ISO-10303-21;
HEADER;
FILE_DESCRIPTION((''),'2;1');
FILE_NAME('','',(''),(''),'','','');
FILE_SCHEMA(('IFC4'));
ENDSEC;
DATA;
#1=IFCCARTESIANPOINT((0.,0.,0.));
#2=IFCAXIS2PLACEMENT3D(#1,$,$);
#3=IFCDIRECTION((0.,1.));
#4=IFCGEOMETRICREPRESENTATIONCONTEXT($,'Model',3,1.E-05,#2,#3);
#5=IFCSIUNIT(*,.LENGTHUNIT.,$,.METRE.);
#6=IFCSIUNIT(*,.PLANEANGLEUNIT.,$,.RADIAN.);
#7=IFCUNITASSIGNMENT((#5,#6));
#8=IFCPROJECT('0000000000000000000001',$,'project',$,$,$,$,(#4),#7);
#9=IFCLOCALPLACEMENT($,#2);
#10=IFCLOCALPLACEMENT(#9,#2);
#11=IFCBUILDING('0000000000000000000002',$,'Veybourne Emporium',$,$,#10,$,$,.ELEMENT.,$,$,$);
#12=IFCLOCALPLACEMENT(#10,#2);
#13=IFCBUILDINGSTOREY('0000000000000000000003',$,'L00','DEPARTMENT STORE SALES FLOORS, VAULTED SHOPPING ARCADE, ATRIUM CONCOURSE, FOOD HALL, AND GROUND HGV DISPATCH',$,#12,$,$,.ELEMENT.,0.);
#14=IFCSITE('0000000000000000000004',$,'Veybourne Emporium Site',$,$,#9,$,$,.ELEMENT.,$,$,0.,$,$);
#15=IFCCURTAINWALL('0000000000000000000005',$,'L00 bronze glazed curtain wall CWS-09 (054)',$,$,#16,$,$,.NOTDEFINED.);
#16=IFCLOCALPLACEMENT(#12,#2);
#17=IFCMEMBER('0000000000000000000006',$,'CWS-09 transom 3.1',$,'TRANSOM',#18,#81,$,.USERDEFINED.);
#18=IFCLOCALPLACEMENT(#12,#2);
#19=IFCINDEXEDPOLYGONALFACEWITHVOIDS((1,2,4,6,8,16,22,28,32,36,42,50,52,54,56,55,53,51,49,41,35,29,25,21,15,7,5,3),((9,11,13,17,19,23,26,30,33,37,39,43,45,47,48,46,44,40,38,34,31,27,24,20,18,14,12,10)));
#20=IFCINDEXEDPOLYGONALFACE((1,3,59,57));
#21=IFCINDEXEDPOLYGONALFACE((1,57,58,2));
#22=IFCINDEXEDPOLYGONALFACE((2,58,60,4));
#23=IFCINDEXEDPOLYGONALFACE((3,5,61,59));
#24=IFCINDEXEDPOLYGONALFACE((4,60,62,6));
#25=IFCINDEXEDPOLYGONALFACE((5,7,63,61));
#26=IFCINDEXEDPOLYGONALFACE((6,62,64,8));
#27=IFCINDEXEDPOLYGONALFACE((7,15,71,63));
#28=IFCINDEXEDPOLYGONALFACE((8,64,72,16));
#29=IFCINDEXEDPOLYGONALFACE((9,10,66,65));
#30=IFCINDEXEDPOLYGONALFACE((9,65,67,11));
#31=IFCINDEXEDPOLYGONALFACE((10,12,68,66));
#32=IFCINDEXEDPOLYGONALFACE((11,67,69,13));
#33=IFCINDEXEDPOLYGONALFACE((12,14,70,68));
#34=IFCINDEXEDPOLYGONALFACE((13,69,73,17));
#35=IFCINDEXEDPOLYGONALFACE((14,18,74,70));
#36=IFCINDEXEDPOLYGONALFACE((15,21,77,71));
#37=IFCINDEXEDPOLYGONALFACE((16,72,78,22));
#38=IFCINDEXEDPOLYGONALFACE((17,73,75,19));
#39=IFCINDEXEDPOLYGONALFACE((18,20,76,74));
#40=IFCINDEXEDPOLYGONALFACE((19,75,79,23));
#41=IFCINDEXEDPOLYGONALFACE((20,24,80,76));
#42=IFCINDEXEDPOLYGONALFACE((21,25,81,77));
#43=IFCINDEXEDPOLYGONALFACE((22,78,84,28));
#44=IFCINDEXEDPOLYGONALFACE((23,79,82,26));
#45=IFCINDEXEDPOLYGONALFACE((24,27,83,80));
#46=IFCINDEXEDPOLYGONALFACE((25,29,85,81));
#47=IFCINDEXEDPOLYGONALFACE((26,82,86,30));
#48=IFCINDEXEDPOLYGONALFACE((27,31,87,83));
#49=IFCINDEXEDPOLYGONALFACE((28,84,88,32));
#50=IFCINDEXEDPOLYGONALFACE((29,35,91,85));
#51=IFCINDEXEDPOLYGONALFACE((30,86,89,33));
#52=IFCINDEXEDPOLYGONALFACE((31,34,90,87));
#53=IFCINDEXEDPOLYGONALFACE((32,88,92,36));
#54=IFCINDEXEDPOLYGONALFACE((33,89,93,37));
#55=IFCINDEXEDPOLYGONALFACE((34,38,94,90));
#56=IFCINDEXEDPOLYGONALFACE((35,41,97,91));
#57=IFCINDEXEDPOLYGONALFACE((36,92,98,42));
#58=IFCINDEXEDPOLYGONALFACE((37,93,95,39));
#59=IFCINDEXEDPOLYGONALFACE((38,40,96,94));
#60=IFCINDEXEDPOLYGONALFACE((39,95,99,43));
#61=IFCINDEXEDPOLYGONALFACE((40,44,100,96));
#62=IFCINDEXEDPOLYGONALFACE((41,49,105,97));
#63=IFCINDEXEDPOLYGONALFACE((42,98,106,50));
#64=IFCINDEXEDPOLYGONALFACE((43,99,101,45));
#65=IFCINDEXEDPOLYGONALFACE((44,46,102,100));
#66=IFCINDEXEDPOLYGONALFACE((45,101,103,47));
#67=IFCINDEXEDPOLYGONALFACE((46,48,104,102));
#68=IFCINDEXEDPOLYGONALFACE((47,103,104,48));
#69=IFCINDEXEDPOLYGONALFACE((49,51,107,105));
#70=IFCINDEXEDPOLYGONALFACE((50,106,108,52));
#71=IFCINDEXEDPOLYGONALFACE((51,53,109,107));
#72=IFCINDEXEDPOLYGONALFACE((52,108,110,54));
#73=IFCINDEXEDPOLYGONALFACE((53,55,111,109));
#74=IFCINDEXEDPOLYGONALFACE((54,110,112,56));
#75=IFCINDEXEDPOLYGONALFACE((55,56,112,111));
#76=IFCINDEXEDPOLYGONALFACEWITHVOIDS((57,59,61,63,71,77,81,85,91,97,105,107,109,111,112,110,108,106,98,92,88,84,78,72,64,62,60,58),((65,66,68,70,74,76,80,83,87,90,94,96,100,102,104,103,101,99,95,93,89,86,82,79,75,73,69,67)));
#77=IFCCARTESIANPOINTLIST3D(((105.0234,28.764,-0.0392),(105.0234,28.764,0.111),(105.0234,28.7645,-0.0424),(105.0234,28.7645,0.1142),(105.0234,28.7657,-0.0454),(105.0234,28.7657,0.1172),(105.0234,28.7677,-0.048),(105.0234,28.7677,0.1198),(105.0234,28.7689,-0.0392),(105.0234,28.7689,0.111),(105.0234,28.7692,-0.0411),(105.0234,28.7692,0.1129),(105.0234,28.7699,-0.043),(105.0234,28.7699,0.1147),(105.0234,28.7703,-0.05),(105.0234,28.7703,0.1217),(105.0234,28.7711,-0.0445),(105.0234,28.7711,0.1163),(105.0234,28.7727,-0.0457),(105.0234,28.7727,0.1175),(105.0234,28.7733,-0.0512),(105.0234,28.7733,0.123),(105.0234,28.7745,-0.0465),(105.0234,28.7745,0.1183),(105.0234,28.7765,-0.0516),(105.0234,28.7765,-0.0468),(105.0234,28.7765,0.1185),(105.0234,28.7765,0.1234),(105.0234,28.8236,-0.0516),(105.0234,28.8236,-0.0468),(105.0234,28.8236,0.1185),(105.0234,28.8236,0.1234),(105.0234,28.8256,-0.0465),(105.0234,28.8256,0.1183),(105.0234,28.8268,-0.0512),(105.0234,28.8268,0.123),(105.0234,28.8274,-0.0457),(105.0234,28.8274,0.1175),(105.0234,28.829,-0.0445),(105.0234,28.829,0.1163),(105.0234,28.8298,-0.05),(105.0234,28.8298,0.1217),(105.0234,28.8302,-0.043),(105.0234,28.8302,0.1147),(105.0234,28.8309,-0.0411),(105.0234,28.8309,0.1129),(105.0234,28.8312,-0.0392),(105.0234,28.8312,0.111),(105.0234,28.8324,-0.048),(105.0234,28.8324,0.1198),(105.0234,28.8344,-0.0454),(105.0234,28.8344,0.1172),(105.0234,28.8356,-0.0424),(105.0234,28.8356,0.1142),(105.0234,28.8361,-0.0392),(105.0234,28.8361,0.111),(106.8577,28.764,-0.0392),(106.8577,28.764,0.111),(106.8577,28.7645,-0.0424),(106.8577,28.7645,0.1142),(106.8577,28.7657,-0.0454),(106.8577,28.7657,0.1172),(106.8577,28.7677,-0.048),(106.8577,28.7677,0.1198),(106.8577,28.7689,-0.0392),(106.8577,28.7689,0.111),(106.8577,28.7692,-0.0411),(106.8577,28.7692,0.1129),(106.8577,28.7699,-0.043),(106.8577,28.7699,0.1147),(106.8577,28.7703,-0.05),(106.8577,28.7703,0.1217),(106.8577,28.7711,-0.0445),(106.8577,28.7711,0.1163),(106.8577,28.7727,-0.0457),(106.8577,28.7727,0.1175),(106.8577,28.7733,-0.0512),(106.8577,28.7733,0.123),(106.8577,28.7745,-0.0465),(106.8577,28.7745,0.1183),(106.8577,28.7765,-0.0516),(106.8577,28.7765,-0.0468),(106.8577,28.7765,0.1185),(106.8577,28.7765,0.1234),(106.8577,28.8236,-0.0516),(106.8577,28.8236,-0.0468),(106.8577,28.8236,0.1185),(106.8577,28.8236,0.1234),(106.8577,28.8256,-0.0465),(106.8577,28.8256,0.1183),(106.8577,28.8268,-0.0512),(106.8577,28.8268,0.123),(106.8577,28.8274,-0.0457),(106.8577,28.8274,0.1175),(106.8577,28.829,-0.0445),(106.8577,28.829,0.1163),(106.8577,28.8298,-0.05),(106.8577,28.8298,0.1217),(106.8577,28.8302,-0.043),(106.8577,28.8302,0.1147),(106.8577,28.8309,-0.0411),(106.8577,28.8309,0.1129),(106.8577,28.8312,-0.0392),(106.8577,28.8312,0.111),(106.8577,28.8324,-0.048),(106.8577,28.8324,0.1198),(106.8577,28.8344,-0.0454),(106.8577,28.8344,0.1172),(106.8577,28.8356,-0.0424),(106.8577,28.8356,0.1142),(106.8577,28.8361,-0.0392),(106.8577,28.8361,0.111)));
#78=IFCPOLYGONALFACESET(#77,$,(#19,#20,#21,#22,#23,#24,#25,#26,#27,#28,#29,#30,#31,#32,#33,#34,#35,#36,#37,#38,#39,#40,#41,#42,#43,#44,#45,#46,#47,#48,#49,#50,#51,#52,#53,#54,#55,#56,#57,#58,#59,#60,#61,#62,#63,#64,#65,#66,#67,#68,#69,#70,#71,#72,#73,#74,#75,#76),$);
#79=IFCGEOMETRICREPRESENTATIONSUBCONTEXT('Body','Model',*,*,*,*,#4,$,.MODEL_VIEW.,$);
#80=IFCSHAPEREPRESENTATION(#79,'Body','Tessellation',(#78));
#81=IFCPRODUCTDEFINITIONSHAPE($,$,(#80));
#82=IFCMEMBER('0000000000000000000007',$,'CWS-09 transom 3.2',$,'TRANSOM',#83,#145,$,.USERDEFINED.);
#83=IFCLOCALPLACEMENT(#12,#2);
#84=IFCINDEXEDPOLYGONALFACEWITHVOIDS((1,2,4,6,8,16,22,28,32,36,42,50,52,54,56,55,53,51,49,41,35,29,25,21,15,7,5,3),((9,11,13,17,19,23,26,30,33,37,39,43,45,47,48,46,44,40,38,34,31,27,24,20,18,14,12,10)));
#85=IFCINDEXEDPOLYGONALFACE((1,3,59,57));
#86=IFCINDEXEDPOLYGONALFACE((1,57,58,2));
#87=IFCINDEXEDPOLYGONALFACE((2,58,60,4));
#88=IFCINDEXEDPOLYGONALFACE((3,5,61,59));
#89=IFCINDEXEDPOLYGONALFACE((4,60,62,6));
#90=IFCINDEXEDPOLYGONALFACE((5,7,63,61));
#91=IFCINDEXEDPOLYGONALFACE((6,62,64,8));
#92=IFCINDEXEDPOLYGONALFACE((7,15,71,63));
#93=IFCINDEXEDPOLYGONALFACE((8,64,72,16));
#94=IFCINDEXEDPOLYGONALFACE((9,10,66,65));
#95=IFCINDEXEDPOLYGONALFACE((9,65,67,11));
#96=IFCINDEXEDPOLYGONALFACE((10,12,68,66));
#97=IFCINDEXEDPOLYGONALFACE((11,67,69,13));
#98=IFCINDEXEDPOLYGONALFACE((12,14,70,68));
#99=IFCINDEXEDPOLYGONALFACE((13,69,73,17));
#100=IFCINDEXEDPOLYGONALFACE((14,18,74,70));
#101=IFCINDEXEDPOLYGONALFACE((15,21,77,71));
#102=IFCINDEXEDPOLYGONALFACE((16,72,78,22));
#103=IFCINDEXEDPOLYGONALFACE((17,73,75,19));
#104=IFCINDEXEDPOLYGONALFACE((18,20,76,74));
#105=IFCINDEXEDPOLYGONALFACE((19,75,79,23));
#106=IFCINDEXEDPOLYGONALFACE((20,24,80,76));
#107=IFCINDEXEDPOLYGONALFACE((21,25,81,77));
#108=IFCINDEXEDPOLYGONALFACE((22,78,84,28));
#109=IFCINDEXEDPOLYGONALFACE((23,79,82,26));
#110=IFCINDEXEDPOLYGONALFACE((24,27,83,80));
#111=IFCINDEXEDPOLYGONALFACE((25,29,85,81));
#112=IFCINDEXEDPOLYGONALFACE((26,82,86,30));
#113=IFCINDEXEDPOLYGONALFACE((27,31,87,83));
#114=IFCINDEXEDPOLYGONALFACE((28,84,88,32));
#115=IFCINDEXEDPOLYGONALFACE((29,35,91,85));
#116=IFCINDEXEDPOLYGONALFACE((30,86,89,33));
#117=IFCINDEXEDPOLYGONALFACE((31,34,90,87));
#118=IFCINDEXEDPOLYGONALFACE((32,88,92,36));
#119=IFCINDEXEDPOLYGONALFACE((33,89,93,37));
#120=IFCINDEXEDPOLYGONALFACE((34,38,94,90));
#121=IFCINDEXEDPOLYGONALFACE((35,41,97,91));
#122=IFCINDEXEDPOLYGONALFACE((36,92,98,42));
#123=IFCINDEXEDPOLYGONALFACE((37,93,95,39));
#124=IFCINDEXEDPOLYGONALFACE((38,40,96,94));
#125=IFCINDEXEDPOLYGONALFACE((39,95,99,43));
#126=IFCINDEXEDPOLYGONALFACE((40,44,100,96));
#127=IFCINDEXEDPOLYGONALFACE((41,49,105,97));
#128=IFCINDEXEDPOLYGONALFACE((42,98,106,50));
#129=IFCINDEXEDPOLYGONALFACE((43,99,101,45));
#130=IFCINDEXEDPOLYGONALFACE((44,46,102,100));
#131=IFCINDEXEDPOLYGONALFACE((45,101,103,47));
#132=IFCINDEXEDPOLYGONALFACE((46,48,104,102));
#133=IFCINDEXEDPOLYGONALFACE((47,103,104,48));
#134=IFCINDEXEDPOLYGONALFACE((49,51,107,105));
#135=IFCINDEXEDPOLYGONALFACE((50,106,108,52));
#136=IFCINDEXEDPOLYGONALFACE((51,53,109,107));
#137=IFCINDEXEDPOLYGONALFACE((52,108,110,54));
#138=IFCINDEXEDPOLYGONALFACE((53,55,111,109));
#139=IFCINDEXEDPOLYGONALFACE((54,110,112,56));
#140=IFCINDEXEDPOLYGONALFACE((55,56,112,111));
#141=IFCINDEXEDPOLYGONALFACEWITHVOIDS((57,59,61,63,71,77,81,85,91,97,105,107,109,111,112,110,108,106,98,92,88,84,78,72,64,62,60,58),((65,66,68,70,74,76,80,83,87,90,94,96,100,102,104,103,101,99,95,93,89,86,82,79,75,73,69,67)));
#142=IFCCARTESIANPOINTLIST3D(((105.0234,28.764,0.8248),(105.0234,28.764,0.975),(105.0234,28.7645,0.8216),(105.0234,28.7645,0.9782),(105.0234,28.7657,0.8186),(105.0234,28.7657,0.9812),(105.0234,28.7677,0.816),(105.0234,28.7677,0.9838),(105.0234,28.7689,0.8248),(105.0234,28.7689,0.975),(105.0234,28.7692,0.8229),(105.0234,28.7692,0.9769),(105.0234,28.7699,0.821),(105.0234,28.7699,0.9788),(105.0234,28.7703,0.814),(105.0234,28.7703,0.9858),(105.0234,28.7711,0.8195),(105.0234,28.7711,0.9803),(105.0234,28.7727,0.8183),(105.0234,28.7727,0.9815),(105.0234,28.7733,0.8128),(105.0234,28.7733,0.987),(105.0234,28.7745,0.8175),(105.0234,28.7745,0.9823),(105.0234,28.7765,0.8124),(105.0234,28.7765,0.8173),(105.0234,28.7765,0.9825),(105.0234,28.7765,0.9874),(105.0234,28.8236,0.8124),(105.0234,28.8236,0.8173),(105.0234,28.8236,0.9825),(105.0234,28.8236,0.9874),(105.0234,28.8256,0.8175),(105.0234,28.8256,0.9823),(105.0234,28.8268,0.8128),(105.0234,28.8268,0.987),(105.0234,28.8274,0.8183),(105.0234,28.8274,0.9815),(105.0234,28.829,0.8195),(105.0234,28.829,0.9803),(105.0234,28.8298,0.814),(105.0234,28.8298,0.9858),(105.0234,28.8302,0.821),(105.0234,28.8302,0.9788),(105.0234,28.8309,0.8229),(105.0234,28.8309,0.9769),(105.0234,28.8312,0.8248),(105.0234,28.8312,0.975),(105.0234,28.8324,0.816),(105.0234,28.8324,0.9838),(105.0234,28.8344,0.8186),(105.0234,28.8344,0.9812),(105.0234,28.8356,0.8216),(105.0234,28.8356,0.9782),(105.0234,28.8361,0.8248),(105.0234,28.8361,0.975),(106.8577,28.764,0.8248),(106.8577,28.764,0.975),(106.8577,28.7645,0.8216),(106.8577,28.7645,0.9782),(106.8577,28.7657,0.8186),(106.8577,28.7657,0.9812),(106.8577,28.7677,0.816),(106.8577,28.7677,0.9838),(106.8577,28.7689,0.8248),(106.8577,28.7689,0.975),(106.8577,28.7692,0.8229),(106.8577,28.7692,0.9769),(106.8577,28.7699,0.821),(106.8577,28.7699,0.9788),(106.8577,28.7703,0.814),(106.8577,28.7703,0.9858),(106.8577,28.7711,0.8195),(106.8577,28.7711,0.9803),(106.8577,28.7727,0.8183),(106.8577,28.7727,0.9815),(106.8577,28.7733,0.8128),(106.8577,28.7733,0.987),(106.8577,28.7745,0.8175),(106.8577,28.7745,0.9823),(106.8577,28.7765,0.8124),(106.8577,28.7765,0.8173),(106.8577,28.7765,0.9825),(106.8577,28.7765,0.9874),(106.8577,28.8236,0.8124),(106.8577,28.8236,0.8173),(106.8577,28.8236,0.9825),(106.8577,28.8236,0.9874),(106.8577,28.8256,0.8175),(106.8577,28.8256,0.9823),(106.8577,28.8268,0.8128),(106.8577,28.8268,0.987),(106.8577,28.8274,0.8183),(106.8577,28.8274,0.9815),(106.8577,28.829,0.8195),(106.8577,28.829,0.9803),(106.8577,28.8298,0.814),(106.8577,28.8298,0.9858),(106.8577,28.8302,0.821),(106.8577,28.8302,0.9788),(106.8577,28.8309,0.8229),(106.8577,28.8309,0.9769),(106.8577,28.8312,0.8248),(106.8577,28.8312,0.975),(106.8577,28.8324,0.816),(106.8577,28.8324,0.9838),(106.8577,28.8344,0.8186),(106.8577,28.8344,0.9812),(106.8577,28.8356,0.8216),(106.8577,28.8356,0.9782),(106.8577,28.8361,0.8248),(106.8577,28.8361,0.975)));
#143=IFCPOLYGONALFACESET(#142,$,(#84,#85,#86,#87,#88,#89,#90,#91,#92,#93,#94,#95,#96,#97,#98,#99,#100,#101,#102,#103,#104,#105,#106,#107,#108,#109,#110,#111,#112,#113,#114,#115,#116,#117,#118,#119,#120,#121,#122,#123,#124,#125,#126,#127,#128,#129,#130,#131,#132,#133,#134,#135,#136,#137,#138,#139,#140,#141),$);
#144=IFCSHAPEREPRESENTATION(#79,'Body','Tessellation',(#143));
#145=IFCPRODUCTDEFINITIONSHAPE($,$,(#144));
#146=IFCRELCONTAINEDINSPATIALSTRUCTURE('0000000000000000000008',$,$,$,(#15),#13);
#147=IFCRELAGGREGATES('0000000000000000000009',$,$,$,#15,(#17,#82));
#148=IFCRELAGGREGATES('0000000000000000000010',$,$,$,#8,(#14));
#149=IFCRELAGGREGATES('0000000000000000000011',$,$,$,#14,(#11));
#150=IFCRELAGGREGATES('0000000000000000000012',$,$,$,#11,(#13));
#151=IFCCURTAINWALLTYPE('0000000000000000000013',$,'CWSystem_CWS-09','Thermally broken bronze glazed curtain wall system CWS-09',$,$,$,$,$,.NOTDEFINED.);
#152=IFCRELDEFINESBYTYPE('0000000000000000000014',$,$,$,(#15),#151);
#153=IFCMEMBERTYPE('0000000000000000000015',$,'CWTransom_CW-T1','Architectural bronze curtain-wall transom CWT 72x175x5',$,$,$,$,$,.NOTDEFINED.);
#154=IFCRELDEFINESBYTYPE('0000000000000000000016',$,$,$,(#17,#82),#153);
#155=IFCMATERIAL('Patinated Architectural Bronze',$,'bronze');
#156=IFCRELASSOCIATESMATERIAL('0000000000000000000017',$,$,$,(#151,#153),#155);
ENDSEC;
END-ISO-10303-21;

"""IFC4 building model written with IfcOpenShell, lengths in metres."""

from ifc_helpers import new_model, si_unit, direction, frame, origin, origin_2d, place, context, subcontext, project, spatial, hollow_rectangle, extrude, material, material_profile, profile_set, type_object, element, aggregate, save


model = new_model("IFC4")

# Units and contexts
model_context = context("Model", 3, precision=1e-05, world=origin(), true_north=direction((0.0, 1.0)))
body_context = subcontext(model_context, "Body", "Model", "MODEL_VIEW")
ifc_project = project(units=[si_unit("LENGTHUNIT", "METRE"), si_unit("PLANEANGLEUNIT", "RADIAN")], contexts=[model_context])

# Site, building, storey
site_placement = place(None, origin())
site = spatial("IfcSite", under=ifc_project, at=site_placement, Name="Veybourne Emporium Site", CompositionType="ELEMENT", RefElevation=0.0)
building_placement = place(site_placement, origin())
building = spatial("IfcBuilding", under=site, at=building_placement, Name="Veybourne Emporium", CompositionType="ELEMENT")
storey_placement = place(building_placement, origin())
storey = spatial("IfcBuildingStorey", under=building, at=storey_placement, Name="L00", Description="DEPARTMENT STORE SALES FLOORS, VAULTED SHOPPING ARCADE, ATRIUM CONCOURSE, FOOD HALL, AND GROUND HGV DISPATCH", CompositionType="ELEMENT", Elevation=0.0)

# Curtain wall
ifc_material_1 = material(Name="Patinated Architectural Bronze", Category="bronze")
curtain_wall_type_1 = type_object("IfcCurtainWallType", Name="CWSystem_CWS-09", Description="Thermally broken bronze glazed curtain wall system CWS-09", PredefinedType="NOTDEFINED", material=ifc_material_1)
curtain_wall_1_placement = place(storey_placement, origin())
curtain_wall_1 = element("IfcCurtainWall", 1, at=curtain_wall_1_placement, inside=storey, type_object=curtain_wall_type_1, Name="L00 bronze glazed curtain wall CWS-09 (054)", PredefinedType="NOTDEFINED")

# Members
ifc_material_profile_1 = material_profile(ifc_material_1, hollow_rectangle(XDim=0.072, YDim=0.175, WallThickness=0.0049, InnerFilletRadius=0.0076, OuterFilletRadius=0.0125, at=origin_2d()), Name="CWT 72x175x5")
ifc_profile_set_1 = profile_set([ifc_material_profile_1], Name="Patinated Architectural Bronze")
member_type_1 = type_object("IfcMemberType", Name="CWTransom_CW-T1", Description="Architectural bronze curtain-wall transom CWT 72x175x5", PredefinedType="NOTDEFINED", material=ifc_profile_set_1)
member_1_placement = place(storey_placement, frame((105.0234, 28.8, 0.0359), z_axis=(1.0, 0.0, 0.0), x_axis=(0.0, 1.0, 0.0)))
member_1 = element("IfcMember", 2, at=member_1_placement, type_object=member_type_1, Name="CWS-09 transom 3.1", ObjectType="TRANSOM", PredefinedType="USERDEFINED", context=body_context, shape_type="SweptSolid", body=[
    extrude(hollow_rectangle(XDim=0.072, YDim=0.175, WallThickness=0.0049, InnerFilletRadius=0.0076, OuterFilletRadius=0.0125, at=origin_2d()), origin(), (0.0, 0.0, 1.0), 1.8342),
])
member_2_placement = place(storey_placement, frame((105.0234, 28.8, 0.8999), z_axis=(1.0, 0.0, 0.0), x_axis=(0.0, 1.0, 0.0)))
member_2 = element("IfcMember", 3, at=member_2_placement, type_object=member_type_1, Name="CWS-09 transom 3.2", ObjectType="TRANSOM", PredefinedType="USERDEFINED", context=body_context, shape_type="SweptSolid", body=[
    extrude(hollow_rectangle(XDim=0.072, YDim=0.175, WallThickness=0.0049, InnerFilletRadius=0.0076, OuterFilletRadius=0.0125, at=origin_2d()), origin(), (0.0, 0.0, 1.0), 1.8342),
])

aggregate(curtain_wall_1, [member_1, member_2])

save(model, "model.ifc")
